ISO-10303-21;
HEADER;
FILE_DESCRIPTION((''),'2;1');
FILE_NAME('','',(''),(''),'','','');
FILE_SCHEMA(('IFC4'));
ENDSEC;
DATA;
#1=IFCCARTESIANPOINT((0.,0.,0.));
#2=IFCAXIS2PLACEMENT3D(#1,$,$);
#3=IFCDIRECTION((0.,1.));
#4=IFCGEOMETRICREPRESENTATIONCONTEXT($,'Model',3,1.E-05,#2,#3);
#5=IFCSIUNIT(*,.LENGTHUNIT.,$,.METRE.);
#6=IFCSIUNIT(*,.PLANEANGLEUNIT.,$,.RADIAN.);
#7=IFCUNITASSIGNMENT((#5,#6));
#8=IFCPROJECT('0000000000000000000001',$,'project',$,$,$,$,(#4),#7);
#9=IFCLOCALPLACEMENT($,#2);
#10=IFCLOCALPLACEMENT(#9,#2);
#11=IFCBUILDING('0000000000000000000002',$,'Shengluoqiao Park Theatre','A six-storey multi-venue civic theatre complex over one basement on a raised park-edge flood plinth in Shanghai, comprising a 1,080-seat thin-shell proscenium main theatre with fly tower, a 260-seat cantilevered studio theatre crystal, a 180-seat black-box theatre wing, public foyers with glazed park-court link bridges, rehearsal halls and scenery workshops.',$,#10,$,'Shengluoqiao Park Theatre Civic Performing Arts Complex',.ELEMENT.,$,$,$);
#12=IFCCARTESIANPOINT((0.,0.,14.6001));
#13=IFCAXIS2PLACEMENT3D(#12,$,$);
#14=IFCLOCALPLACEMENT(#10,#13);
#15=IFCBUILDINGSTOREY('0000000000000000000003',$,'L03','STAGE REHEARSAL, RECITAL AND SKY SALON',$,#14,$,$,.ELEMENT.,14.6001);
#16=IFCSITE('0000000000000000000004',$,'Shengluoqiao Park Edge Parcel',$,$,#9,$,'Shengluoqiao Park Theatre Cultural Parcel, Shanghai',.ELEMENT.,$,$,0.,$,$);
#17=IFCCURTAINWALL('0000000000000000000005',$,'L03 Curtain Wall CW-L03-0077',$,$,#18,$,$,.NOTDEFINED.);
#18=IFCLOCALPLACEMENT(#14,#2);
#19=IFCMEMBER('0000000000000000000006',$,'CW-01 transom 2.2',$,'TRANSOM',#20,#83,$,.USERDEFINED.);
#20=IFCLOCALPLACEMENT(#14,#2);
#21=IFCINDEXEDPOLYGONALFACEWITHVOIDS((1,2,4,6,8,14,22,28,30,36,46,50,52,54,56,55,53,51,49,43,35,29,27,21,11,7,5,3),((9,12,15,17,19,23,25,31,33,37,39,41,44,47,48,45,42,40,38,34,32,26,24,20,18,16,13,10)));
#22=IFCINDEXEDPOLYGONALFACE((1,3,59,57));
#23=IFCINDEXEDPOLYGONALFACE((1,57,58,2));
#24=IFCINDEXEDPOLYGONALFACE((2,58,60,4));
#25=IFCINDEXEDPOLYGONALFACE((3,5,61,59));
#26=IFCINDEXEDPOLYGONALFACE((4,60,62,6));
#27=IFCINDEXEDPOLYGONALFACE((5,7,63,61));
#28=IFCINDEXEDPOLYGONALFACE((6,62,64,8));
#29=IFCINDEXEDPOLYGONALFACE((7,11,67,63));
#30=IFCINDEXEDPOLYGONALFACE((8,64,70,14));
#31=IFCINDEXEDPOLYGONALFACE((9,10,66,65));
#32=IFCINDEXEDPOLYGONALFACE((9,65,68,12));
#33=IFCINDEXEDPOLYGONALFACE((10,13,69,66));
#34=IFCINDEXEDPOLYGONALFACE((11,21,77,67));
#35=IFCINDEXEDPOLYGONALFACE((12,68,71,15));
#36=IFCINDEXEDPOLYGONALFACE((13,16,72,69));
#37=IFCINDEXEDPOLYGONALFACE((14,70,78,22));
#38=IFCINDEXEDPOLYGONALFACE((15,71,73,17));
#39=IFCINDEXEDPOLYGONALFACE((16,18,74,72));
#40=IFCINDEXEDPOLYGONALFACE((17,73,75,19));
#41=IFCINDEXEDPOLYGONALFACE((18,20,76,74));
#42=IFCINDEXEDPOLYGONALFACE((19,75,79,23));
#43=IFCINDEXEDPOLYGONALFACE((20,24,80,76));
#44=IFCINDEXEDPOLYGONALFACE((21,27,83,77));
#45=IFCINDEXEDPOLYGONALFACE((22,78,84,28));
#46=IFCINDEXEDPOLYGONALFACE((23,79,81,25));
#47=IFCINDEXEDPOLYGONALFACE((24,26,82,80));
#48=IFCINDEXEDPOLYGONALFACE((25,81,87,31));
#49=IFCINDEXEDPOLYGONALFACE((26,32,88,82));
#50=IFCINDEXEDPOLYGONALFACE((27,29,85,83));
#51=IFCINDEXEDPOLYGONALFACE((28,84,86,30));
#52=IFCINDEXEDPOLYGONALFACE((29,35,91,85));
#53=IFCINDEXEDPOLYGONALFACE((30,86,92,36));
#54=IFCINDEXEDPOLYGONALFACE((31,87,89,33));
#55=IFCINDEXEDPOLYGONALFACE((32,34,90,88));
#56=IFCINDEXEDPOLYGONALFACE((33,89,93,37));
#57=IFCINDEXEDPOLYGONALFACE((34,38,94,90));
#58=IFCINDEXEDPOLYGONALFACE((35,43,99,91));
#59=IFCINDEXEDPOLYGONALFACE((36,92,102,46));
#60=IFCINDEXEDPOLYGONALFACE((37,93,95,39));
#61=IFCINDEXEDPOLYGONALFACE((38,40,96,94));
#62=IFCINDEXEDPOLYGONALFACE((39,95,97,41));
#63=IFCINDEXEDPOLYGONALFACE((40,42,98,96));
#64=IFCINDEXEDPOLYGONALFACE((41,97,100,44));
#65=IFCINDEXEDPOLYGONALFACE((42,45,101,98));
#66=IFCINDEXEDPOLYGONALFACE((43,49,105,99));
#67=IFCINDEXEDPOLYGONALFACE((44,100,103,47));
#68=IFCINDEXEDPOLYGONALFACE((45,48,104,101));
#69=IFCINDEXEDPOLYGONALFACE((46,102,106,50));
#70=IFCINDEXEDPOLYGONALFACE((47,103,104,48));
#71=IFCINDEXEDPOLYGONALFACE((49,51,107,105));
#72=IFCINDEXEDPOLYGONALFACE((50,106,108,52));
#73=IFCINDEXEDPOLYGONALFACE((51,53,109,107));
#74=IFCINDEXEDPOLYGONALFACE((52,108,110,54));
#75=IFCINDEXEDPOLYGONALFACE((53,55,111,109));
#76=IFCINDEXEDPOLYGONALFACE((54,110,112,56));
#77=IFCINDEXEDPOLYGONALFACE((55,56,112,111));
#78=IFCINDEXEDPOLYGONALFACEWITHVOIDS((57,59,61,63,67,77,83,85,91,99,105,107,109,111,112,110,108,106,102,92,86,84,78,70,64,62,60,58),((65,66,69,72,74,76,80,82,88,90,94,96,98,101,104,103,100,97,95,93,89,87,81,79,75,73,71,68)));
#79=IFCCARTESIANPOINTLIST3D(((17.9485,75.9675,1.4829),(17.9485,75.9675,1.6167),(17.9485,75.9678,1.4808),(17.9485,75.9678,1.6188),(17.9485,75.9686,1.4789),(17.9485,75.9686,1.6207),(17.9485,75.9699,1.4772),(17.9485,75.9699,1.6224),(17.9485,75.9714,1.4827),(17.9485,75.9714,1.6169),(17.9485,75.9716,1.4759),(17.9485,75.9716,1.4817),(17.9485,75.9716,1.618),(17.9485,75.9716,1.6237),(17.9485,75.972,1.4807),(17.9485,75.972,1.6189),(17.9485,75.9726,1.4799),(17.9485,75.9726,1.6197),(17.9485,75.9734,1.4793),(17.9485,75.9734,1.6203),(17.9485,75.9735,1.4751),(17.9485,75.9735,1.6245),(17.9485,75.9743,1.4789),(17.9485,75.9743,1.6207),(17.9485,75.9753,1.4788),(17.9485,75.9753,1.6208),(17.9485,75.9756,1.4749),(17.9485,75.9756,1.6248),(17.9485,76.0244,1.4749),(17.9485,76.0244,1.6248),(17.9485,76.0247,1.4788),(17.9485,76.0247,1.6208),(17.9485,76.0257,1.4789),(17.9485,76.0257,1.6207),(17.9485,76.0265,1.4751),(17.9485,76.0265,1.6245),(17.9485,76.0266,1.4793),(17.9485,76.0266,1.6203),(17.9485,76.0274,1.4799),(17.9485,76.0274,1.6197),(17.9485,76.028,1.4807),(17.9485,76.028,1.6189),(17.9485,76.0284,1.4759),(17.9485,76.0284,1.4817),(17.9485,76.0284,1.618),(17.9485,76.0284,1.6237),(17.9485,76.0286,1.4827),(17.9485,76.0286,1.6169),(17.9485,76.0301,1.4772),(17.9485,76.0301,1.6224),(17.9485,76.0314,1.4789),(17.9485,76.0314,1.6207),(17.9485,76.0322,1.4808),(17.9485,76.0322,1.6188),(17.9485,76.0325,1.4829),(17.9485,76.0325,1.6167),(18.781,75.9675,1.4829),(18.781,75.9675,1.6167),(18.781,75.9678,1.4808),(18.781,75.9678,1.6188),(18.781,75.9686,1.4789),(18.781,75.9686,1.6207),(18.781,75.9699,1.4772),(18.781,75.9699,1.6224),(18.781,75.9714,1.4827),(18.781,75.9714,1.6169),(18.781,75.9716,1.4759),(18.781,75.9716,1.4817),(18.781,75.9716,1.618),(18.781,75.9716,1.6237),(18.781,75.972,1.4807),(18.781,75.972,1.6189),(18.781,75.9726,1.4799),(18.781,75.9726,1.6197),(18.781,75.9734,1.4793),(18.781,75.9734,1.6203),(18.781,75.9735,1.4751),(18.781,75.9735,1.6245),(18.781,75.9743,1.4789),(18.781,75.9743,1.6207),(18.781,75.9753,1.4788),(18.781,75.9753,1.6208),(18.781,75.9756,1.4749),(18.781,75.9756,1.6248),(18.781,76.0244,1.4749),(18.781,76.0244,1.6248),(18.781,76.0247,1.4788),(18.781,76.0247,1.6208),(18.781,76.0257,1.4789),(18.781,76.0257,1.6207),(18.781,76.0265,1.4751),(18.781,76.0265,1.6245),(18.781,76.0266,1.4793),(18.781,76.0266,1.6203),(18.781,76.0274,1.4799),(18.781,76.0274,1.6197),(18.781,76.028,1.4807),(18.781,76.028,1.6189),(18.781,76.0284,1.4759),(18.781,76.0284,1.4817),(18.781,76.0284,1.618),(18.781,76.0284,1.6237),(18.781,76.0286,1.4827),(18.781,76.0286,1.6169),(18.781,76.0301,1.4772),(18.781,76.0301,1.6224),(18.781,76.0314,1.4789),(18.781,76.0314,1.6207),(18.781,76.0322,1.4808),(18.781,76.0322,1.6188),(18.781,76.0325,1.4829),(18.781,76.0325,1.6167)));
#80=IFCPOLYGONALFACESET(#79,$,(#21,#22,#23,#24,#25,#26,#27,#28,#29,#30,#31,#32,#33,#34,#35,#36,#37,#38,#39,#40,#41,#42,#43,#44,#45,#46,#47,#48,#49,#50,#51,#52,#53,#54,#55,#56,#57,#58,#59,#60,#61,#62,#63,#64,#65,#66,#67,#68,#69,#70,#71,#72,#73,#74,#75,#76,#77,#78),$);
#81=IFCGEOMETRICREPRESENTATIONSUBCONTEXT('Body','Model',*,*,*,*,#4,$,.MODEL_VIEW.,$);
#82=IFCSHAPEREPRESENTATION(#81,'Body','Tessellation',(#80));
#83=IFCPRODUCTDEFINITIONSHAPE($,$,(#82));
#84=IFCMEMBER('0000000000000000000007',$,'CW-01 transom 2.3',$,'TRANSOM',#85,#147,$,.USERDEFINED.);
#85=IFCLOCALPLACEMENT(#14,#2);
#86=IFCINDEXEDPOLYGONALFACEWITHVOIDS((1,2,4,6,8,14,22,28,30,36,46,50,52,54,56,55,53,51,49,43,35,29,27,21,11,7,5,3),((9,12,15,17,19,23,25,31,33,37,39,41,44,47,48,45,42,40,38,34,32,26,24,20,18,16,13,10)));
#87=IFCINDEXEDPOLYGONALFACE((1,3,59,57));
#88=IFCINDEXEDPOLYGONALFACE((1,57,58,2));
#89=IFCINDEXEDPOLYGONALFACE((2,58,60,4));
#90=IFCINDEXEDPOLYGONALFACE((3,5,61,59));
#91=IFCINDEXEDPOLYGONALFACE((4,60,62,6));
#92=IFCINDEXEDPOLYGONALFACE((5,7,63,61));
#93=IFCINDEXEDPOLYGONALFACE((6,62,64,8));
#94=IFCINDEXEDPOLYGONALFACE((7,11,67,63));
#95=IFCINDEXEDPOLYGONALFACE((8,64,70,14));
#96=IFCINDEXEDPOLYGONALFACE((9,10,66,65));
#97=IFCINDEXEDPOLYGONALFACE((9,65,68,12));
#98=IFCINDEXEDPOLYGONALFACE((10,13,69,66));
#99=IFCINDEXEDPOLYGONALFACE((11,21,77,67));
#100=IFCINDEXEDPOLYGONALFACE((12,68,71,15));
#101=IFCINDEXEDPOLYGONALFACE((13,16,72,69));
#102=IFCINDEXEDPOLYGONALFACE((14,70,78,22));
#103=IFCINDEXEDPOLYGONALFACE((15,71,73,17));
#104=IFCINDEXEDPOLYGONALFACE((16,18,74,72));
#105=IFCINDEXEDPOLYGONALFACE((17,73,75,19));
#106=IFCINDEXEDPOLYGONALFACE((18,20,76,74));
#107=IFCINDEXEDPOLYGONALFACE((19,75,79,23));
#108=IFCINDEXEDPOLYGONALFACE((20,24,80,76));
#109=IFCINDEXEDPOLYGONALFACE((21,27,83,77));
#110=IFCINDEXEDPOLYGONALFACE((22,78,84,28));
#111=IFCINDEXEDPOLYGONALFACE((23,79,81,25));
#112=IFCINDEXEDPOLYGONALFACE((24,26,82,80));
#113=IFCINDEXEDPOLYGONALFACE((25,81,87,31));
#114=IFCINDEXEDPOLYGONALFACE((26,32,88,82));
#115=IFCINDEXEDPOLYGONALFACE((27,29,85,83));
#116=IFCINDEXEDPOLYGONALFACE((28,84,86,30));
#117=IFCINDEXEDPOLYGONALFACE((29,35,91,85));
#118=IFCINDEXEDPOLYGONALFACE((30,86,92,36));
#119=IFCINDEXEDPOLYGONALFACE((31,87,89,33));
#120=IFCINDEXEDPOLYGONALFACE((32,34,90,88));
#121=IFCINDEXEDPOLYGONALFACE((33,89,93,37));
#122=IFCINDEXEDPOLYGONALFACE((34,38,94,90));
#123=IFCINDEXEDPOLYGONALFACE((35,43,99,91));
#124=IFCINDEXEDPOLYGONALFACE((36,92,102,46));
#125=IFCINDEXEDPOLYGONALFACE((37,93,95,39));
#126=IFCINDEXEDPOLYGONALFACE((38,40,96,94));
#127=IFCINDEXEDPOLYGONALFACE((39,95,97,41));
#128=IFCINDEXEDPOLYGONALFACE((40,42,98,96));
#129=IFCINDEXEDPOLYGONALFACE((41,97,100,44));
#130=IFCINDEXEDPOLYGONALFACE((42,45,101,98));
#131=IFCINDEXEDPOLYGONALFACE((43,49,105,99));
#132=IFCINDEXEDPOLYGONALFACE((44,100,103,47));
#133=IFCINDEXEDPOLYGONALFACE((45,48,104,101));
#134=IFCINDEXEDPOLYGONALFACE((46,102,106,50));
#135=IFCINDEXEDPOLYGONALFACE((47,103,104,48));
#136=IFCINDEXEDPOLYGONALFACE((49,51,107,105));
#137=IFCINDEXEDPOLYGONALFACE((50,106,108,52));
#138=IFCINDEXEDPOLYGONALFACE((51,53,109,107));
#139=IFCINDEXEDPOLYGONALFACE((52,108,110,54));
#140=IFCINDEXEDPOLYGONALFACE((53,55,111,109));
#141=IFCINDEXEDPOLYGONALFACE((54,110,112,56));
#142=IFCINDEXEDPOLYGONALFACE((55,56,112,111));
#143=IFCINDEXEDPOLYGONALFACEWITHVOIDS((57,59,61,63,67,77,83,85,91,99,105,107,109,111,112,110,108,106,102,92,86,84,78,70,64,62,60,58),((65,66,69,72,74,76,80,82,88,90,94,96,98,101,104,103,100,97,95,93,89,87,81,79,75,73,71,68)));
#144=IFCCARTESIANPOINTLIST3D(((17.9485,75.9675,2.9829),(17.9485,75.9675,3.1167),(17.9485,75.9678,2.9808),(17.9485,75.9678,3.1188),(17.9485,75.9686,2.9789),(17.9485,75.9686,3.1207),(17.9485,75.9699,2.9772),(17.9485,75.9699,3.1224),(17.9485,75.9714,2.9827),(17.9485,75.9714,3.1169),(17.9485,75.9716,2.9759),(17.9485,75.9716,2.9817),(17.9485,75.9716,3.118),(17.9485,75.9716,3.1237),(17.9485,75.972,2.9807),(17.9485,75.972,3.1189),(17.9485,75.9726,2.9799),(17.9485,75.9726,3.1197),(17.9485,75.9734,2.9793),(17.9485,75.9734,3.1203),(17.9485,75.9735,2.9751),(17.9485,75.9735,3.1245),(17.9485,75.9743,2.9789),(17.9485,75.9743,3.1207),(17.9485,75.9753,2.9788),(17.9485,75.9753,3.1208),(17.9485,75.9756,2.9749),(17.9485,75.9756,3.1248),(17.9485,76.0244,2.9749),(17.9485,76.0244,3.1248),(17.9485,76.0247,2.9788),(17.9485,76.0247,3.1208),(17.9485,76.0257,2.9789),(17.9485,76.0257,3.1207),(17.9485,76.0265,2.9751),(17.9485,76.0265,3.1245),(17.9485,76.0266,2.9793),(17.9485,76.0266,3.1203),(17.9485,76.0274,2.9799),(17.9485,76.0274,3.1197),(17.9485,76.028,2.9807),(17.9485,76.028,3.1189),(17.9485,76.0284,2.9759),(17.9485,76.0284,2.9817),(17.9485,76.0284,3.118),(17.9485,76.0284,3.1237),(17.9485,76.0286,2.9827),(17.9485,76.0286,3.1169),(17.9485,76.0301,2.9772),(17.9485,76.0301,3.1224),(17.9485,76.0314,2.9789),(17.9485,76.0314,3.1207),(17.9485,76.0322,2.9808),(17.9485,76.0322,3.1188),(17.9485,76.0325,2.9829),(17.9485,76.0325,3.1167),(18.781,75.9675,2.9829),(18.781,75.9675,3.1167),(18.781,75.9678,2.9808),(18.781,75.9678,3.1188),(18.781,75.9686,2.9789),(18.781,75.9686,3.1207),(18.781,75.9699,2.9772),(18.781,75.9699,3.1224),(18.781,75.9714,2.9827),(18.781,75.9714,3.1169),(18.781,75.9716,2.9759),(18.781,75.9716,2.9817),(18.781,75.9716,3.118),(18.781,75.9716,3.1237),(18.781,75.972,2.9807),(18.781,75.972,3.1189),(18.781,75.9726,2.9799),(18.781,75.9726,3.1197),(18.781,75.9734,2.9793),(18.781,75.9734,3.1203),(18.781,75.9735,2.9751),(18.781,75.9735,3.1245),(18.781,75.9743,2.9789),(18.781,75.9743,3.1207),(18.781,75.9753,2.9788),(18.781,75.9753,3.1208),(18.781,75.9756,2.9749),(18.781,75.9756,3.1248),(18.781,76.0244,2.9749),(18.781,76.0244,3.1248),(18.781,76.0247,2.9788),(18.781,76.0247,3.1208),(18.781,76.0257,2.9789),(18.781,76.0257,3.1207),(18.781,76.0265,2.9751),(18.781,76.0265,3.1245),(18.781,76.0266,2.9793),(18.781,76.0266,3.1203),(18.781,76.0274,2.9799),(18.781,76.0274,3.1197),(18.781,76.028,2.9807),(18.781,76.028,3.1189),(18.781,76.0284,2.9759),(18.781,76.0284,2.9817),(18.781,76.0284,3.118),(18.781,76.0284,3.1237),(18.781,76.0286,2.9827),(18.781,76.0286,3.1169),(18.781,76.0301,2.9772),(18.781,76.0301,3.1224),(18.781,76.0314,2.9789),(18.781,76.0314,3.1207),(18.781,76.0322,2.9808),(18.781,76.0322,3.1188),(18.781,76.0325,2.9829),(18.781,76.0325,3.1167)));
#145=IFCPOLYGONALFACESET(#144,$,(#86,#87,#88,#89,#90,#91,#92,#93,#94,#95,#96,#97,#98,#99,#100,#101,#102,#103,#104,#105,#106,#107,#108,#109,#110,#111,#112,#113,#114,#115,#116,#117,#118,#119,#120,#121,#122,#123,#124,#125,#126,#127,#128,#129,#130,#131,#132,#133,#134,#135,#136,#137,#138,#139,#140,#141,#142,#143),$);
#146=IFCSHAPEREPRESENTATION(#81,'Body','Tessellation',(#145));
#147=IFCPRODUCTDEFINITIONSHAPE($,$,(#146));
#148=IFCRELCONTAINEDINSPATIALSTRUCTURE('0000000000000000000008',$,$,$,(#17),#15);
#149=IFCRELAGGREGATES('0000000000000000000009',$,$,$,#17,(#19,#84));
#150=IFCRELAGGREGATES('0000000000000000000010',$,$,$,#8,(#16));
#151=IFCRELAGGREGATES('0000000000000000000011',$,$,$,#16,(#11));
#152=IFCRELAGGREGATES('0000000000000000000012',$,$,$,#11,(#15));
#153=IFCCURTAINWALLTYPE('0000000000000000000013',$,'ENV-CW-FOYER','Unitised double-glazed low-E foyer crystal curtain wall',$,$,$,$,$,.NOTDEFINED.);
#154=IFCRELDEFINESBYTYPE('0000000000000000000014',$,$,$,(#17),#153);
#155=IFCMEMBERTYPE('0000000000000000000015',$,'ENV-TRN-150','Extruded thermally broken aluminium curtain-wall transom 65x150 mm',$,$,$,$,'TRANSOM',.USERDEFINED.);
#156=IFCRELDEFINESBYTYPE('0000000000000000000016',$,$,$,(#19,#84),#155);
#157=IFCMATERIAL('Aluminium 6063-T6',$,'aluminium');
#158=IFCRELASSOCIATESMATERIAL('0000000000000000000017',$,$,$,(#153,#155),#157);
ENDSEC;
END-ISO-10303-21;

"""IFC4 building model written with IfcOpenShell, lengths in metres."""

from ifc_helpers import new_model, si_unit, direction, frame, origin, origin_2d, place, context, subcontext, project, spatial, hollow_rectangle, extrude, material, material_profile, profile_set, type_object, element, aggregate, save


model = new_model("IFC4")

# Units and contexts
model_context = context("Model", 3, precision=1e-05, world=origin(), true_north=direction((0.0, 1.0)))
body_context = subcontext(model_context, "Body", "Model", "MODEL_VIEW")
ifc_project = project(units=[si_unit("LENGTHUNIT", "METRE"), si_unit("PLANEANGLEUNIT", "RADIAN")], contexts=[model_context])

# Site, building, storey
site_placement = place(None, origin())
site = spatial("IfcSite", under=ifc_project, at=site_placement, Name="Shengluoqiao Park Edge Parcel", LongName="Shengluoqiao Park Theatre Cultural Parcel, Shanghai", CompositionType="ELEMENT", RefElevation=0.0)
building_placement = place(site_placement, origin())
building = spatial("IfcBuilding", under=site, at=building_placement, Name="Shengluoqiao Park Theatre", Description="A six-storey multi-venue civic theatre complex over one basement on a raised park-edge flood plinth in Shanghai, comprising a 1,080-seat thin-shell proscenium main theatre with fly tower, a 260-seat cantilevered studio theatre crystal, a 180-seat black-box theatre wing, public foyers with glazed park-court link bridges, rehearsal halls and scenery workshops.", LongName="Shengluoqiao Park Theatre Civic Performing Arts Complex", CompositionType="ELEMENT")
storey_placement = place(building_placement, frame((0.0, 0.0, 14.6001)))
storey = spatial("IfcBuildingStorey", under=building, at=storey_placement, Name="L03", Description="STAGE REHEARSAL, RECITAL AND SKY SALON", CompositionType="ELEMENT", Elevation=14.6001)

# Curtain wall
ifc_material_1 = material(Name="Aluminium 6063-T6", Category="aluminium")
curtain_wall_type = type_object("IfcCurtainWallType", Name="ENV-CW-FOYER", Description="Unitised double-glazed low-E foyer crystal curtain wall", PredefinedType="NOTDEFINED", material=ifc_material_1)
curtain_wall_1_placement = place(storey_placement, origin())
curtain_wall_1 = element("IfcCurtainWall", 1, at=curtain_wall_1_placement, inside=storey, type_object=curtain_wall_type, Name="L03 Curtain Wall CW-L03-0077", PredefinedType="NOTDEFINED")

# Members
ifc_material_profile_1 = material_profile(ifc_material_1, hollow_rectangle(XDim=0.0649, YDim=0.1499, WallThickness=0.0039, InnerFilletRadius=0.0039, OuterFilletRadius=0.0081, at=origin_2d()), Name="ALU TRANSOM 150x65x4")
ifc_profile_set_1 = profile_set([ifc_material_profile_1], Name="Aluminium 6063-T6")
member_type_1 = type_object("IfcMemberType", Name="ENV-TRN-150", Description="Extruded thermally broken aluminium curtain-wall transom 65x150 mm", ElementType="TRANSOM", PredefinedType="USERDEFINED", material=ifc_profile_set_1)
member_1_placement = place(storey_placement, frame((17.9485, 76.0, 1.5498), z_axis=(1.0, 0.0, 0.0), x_axis=(0.0, 1.0, 0.0)))
member_1 = element("IfcMember", 2, at=member_1_placement, type_object=member_type_1, Name="CW-01 transom 2.2", ObjectType="TRANSOM", PredefinedType="USERDEFINED", context=body_context, shape_type="SweptSolid", body=[
    extrude(hollow_rectangle(XDim=0.0649, YDim=0.1499, WallThickness=0.0039, InnerFilletRadius=0.0039, OuterFilletRadius=0.0081, at=origin_2d()), origin(), (0.0, 0.0, 1.0), 0.8325),
])
member_2_placement = place(storey_placement, frame((17.9485, 76.0, 3.0498), z_axis=(1.0, 0.0, 0.0), x_axis=(0.0, 1.0, 0.0)))
member_2 = element("IfcMember", 3, at=member_2_placement, type_object=member_type_1, Name="CW-01 transom 2.3", ObjectType="TRANSOM", PredefinedType="USERDEFINED", context=body_context, shape_type="SweptSolid", body=[
    extrude(hollow_rectangle(XDim=0.0649, YDim=0.1499, WallThickness=0.0039, InnerFilletRadius=0.0039, OuterFilletRadius=0.0081, at=origin_2d()), origin(), (0.0, 0.0, 1.0), 0.8325),
])

aggregate(curtain_wall_1, [member_1, member_2])

save(model, "model.ifc")
